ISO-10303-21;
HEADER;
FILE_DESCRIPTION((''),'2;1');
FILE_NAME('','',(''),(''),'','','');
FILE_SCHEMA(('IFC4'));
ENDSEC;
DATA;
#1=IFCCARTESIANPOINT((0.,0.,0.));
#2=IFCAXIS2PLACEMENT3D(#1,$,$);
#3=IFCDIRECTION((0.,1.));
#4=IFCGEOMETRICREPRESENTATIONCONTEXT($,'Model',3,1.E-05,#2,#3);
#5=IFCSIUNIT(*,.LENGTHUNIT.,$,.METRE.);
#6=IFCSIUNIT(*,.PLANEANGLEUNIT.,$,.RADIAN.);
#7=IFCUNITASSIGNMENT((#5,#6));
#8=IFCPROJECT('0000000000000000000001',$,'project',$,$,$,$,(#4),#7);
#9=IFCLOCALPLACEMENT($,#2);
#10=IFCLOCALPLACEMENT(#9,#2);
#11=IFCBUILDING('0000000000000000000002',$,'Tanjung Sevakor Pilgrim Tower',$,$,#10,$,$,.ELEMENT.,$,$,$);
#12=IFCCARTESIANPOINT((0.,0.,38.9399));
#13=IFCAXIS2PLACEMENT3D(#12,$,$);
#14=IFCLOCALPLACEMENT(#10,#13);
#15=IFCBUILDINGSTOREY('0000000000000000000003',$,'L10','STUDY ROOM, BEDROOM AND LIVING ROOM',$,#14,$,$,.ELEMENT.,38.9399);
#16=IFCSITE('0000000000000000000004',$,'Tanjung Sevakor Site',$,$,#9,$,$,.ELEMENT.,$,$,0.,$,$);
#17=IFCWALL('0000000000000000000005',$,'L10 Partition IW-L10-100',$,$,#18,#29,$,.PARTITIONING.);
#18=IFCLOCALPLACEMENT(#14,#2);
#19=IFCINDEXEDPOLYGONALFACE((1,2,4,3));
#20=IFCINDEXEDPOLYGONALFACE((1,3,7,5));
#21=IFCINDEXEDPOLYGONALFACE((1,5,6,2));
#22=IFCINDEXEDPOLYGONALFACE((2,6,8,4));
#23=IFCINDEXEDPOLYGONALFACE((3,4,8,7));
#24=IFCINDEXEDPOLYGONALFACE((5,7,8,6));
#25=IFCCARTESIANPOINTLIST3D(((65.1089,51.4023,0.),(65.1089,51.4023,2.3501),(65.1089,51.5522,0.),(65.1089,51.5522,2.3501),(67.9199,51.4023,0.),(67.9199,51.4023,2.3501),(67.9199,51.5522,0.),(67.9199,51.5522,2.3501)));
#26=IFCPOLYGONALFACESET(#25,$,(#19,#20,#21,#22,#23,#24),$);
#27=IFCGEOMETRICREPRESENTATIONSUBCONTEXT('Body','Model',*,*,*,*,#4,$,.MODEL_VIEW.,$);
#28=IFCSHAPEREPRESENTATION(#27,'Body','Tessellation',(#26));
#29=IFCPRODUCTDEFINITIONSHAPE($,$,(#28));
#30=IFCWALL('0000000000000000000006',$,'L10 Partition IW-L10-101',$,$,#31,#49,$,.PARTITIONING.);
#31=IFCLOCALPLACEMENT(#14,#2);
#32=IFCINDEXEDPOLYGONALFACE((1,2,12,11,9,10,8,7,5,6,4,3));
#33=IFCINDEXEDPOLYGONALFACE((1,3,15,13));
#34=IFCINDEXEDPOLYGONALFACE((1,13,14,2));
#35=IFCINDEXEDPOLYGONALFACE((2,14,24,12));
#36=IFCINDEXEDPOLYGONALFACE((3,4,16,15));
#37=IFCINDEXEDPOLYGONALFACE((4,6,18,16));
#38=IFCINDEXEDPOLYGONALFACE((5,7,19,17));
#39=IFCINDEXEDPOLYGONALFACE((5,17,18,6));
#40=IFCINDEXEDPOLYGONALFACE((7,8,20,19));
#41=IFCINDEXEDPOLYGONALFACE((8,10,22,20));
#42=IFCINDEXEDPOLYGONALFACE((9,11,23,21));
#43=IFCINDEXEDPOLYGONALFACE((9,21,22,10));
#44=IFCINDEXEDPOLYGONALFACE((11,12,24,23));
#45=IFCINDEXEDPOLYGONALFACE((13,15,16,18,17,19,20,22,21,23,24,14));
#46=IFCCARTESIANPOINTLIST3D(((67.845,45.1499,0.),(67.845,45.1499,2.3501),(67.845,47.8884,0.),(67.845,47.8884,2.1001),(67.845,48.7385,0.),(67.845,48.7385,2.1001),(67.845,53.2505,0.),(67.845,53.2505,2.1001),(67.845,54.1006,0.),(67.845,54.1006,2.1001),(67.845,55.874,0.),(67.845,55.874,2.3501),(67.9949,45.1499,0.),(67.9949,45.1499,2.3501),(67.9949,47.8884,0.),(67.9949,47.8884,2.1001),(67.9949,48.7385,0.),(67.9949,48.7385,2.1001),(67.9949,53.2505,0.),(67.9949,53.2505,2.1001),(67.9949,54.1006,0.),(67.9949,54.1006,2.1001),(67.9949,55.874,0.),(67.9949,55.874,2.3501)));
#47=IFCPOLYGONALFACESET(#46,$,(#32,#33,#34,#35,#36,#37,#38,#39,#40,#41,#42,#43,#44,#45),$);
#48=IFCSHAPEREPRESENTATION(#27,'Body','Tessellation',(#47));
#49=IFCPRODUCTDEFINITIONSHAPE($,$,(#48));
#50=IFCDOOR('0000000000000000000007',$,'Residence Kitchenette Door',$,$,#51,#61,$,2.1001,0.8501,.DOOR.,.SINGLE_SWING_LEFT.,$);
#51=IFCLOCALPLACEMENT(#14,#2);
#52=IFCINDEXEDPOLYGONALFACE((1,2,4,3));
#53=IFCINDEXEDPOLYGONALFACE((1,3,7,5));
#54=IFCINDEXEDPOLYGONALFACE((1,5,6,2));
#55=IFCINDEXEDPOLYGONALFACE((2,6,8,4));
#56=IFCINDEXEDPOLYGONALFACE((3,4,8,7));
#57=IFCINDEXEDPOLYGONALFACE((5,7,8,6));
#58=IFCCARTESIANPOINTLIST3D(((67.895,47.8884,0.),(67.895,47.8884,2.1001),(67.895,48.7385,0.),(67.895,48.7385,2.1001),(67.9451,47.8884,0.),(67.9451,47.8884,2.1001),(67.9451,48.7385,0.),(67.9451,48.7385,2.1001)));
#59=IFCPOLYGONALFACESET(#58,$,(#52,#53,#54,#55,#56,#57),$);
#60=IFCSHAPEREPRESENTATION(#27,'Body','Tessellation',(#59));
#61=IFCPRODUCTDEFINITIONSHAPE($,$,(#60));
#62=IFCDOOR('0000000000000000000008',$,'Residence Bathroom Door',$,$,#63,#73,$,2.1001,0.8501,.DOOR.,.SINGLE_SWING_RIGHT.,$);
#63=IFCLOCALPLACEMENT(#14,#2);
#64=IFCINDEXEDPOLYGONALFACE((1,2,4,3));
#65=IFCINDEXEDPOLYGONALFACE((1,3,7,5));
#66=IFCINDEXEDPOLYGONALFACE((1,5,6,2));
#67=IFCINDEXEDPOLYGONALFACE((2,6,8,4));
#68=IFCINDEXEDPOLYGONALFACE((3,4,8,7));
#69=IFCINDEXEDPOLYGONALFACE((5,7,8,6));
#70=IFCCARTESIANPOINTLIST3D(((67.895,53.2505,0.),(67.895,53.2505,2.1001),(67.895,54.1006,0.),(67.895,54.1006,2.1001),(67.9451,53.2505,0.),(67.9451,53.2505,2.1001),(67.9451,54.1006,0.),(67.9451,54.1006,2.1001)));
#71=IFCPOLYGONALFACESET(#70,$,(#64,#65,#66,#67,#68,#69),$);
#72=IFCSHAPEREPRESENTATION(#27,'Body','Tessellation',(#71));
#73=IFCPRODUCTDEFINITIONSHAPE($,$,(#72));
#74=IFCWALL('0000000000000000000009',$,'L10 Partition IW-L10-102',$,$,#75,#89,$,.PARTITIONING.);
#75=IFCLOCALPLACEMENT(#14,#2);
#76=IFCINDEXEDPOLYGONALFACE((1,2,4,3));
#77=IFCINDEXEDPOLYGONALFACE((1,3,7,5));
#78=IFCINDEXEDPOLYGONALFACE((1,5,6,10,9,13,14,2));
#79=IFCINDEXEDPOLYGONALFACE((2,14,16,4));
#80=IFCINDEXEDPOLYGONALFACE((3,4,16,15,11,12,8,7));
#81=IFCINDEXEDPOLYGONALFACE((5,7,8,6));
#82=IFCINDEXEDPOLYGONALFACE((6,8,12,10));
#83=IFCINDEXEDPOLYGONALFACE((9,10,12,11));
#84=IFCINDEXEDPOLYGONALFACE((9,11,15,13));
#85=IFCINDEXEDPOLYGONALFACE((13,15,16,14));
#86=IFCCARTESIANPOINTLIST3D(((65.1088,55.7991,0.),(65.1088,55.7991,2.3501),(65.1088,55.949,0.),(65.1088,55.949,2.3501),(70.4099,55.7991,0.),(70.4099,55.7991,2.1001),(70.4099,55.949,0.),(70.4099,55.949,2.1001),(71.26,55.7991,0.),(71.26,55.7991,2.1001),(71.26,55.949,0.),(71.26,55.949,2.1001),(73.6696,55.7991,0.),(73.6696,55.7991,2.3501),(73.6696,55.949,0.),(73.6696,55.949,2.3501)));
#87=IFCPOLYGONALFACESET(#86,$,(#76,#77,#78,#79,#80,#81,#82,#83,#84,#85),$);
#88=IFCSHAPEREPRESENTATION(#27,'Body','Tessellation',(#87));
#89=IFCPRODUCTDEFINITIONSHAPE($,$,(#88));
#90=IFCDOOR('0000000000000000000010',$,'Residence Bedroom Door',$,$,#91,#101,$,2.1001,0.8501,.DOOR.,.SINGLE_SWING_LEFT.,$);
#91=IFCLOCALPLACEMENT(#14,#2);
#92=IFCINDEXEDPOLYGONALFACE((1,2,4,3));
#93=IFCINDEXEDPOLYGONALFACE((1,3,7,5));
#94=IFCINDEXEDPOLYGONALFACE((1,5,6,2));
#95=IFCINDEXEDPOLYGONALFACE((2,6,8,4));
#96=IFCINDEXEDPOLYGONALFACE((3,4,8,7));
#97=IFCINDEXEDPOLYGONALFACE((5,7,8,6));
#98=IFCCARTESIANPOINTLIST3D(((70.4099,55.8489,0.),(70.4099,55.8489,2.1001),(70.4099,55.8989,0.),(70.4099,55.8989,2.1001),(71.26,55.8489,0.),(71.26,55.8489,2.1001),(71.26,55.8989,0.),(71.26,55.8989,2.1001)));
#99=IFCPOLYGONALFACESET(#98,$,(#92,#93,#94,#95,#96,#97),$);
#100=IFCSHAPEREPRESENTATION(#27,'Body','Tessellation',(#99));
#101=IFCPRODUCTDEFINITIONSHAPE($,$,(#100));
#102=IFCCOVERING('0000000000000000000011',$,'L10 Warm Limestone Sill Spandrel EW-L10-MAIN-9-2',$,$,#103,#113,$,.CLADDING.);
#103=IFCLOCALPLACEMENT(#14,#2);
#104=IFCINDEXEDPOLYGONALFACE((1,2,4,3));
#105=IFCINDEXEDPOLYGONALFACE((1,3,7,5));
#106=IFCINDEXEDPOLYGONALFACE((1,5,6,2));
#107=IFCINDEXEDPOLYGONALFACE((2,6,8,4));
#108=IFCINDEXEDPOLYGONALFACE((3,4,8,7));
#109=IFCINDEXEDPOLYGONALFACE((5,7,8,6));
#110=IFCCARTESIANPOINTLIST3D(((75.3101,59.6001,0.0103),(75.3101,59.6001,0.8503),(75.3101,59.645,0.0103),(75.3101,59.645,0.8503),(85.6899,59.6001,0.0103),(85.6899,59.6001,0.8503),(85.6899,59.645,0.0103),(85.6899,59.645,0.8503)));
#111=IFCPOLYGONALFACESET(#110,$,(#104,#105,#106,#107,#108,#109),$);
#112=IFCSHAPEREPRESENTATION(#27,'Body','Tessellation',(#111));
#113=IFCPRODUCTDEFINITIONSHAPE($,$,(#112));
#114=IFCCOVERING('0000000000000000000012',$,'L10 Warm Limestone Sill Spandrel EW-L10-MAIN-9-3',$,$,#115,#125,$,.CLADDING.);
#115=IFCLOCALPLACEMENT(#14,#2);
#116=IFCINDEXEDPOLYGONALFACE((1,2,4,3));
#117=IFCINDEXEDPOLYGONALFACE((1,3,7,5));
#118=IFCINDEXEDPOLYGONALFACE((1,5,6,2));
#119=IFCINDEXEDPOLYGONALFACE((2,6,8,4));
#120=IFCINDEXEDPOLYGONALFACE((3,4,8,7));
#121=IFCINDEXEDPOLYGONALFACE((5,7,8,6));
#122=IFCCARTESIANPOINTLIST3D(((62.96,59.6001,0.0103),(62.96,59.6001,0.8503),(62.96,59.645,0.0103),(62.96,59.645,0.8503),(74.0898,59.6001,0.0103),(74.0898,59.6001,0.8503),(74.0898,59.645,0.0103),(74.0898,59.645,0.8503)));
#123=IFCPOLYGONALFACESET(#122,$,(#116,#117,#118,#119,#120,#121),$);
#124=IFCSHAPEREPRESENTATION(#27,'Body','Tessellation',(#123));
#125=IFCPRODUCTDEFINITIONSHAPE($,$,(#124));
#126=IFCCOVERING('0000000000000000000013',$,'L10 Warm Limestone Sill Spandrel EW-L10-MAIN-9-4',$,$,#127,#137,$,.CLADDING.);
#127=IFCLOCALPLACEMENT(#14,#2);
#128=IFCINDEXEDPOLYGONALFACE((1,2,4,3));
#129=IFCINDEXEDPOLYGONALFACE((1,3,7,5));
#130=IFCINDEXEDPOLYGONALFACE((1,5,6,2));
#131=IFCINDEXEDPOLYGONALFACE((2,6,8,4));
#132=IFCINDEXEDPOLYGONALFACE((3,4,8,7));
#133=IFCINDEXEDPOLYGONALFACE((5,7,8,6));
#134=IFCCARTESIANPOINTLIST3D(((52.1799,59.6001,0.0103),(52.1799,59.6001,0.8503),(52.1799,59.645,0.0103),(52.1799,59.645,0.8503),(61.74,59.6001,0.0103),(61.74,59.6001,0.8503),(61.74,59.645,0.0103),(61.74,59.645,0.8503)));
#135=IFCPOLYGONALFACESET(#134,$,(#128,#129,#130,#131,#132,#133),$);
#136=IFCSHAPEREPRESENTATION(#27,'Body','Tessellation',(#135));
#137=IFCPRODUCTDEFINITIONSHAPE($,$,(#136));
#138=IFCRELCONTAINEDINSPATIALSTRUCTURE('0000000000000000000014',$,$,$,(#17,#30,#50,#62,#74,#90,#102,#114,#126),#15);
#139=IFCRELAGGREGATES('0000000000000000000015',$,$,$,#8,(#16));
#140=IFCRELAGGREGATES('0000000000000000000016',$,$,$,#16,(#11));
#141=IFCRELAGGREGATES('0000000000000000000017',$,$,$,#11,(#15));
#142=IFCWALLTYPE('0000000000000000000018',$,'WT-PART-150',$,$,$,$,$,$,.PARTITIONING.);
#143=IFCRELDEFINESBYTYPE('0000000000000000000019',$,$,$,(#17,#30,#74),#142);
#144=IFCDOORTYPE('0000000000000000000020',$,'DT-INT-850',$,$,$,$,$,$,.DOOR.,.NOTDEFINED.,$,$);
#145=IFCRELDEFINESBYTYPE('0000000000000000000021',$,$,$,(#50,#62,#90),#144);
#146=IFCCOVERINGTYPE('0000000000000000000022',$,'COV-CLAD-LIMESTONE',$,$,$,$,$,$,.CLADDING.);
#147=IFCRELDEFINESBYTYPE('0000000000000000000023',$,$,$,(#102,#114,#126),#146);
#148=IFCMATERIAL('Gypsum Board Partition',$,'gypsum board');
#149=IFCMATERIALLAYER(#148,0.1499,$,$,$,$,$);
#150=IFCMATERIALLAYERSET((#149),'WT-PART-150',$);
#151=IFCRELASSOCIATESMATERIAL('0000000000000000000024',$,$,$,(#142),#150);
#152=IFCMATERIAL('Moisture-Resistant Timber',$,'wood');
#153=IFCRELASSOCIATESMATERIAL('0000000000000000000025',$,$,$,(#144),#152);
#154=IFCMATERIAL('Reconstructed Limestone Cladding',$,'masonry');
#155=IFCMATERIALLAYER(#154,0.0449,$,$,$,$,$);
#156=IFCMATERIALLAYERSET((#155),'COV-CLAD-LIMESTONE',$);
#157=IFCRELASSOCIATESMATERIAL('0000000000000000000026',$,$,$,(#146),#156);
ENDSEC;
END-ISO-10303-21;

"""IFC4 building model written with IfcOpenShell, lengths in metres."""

from ifc_helpers import new_model, si_unit, direction, frame, frame_2d, origin, origin_2d, place, context, subcontext, project, spatial, rectangle, extrude, material, layer, layer_set, type_object, element, fill, save


model = new_model("IFC4")

# Units and contexts
model_context = context("Model", 3, precision=1e-05, world=origin(), true_north=direction((0.0, 1.0)))
body_context = subcontext(model_context, "Body", "Model", "MODEL_VIEW")
ifc_project = project(units=[si_unit("LENGTHUNIT", "METRE"), si_unit("PLANEANGLEUNIT", "RADIAN")], contexts=[model_context])

# Site, building, storey
site_placement = place(None, origin())
site = spatial("IfcSite", under=ifc_project, at=site_placement, Name="Tanjung Sevakor Site", CompositionType="ELEMENT", RefElevation=0.0)
building_placement = place(site_placement, origin())
building = spatial("IfcBuilding", under=site, at=building_placement, Name="Tanjung Sevakor Pilgrim Tower", CompositionType="ELEMENT")
storey_placement = place(building_placement, frame((0.0, 0.0, 38.9399)))
storey = spatial("IfcBuildingStorey", under=building, at=storey_placement, Name="L10", Description="STUDY ROOM, BEDROOM AND LIVING ROOM", CompositionType="ELEMENT", Elevation=38.9399)

# Wall
ifc_material_1 = material(Name="Gypsum Board Partition", Category="gypsum board")
ifc_layer_1 = layer(ifc_material_1, 0.1499)
ifc_layer_set_1 = layer_set([ifc_layer_1], Name="WT-PART-150")
wall_type_1 = type_object("IfcWallType", Name="WT-PART-150", PredefinedType="PARTITIONING", material=ifc_layer_set_1)
wall_1_placement = place(storey_placement, frame((65.1089, 51.4773, 0.0), z_axis=(0.0, 0.0, 1.0), x_axis=(1.0, 0.0, 0.0)))
element("IfcWall", 1, at=wall_1_placement, inside=storey, type_object=wall_type_1, Name="L10 Partition IW-L10-100", PredefinedType="PARTITIONING", context=body_context, shape_type="SweptSolid", body=[
    extrude(rectangle(XDim=2.811, YDim=0.1499, at=frame_2d((1.4055, 0.0))), origin(), (0.0, 0.0, 1.0), 2.3501),
])

# Wall, openings, doors
wall_2_placement = place(storey_placement, frame((67.9199, 45.1499, 0.0), z_axis=(0.0, 0.0, 1.0), x_axis=(0.0, 1.0, 0.0)))
wall_2 = element("IfcWall", 2, at=wall_2_placement, inside=storey, type_object=wall_type_1, Name="L10 Partition IW-L10-101", PredefinedType="PARTITIONING", context=body_context, shape_type="SweptSolid", body=[
    extrude(rectangle(XDim=10.7241, YDim=0.1499, at=frame_2d((5.3621, 0.0))), origin(), (0.0, 0.0, 1.0), 2.3501),
])
opening_1_placement = place(wall_2_placement, frame((2.7385, 0.0, 0.0)))
opening_1 = element("IfcOpeningElement", 3, at=opening_1_placement, cuts=wall_2, PredefinedType="OPENING", context=body_context, shape_type="SweptSolid", body=[
    extrude(rectangle(XDim=0.8501, YDim=2.1001, at=frame_2d((0.425, 1.05))), frame((0.0, 0.085, 0.0), z_axis=(0.0, -1.0, 0.0), x_axis=(1.0, 0.0, 0.0)), (0.0, 0.0, 1.0), 0.1699),
])
opening_2_placement = place(wall_2_placement, frame((8.1006, 0.0, 0.0)))
opening_2 = element("IfcOpeningElement", 4, at=opening_2_placement, cuts=wall_2, PredefinedType="OPENING", context=body_context, shape_type="SweptSolid", body=[
    extrude(rectangle(XDim=0.8501, YDim=2.1001, at=frame_2d((0.425, 1.05))), frame((0.0, 0.085, 0.0), z_axis=(0.0, -1.0, 0.0), x_axis=(1.0, 0.0, 0.0)), (0.0, 0.0, 1.0), 0.1699),
])
ifc_material_2 = material(Name="Moisture-Resistant Timber", Category="wood")
door_type_1 = type_object("IfcDoorType", Name="DT-INT-850", OperationType="NOTDEFINED", PredefinedType="DOOR", material=ifc_material_2)
door_1_placement = place(opening_1_placement, origin())
door_1 = element("IfcDoor", 5, at=door_1_placement, inside=storey, type_object=door_type_1, Name="Residence Kitchenette Door", OperationType="SINGLE_SWING_LEFT", OverallHeight=2.1001, OverallWidth=0.8501, PredefinedType="DOOR", context=body_context, shape_type="SweptSolid", body=[
    extrude(rectangle(XDim=0.8501, YDim=2.1001, at=frame_2d((0.425, 1.05))), frame((0.0, 0.0249, 0.0), z_axis=(0.0, -1.0, 0.0), x_axis=(1.0, 0.0, 0.0)), (0.0, 0.0, 1.0), 0.05),
])
fill(opening_1, door_1)
door_2_placement = place(opening_2_placement, origin())
door_2 = element("IfcDoor", 6, at=door_2_placement, inside=storey, type_object=door_type_1, Name="Residence Bathroom Door", OperationType="SINGLE_SWING_RIGHT", OverallHeight=2.1001, OverallWidth=0.8501, PredefinedType="DOOR", context=body_context, shape_type="SweptSolid", body=[
    extrude(rectangle(XDim=0.8501, YDim=2.1001, at=frame_2d((0.425, 1.05))), frame((0.0, 0.0249, 0.0), z_axis=(0.0, -1.0, 0.0), x_axis=(1.0, 0.0, 0.0)), (0.0, 0.0, 1.0), 0.05),
])
fill(opening_2, door_2)

# Wall, opening, door
wall_3_placement = place(storey_placement, frame((65.1089, 55.874, 0.0), z_axis=(0.0, 0.0, 1.0), x_axis=(1.0, 0.0, 0.0)))
wall_3 = element("IfcWall", 7, at=wall_3_placement, inside=storey, type_object=wall_type_1, Name="L10 Partition IW-L10-102", PredefinedType="PARTITIONING", context=body_context, shape_type="SweptSolid", body=[
    extrude(rectangle(XDim=8.5608, YDim=0.1499, at=frame_2d((4.2803, 0.0))), origin(), (0.0, 0.0, 1.0), 2.3501),
])
opening_3_placement = place(wall_3_placement, frame((5.301, 0.0, 0.0)))
opening_3 = element("IfcOpeningElement", 8, at=opening_3_placement, cuts=wall_3, PredefinedType="OPENING", context=body_context, shape_type="SweptSolid", body=[
    extrude(rectangle(XDim=0.8501, YDim=2.1001, at=frame_2d((0.425, 1.05))), frame((0.0, 0.085, 0.0), z_axis=(0.0, -1.0, 0.0), x_axis=(1.0, 0.0, 0.0)), (0.0, 0.0, 1.0), 0.1699),
])
door_3_placement = place(opening_3_placement, origin())
door_3 = element("IfcDoor", 9, at=door_3_placement, inside=storey, type_object=door_type_1, Name="Residence Bedroom Door", OperationType="SINGLE_SWING_LEFT", OverallHeight=2.1001, OverallWidth=0.8501, PredefinedType="DOOR", context=body_context, shape_type="SweptSolid", body=[
    extrude(rectangle(XDim=0.8501, YDim=2.1001, at=frame_2d((0.425, 1.05))), frame((0.0, 0.0249, 0.0), z_axis=(0.0, -1.0, 0.0), x_axis=(1.0, 0.0, 0.0)), (0.0, 0.0, 1.0), 0.05),
])
fill(opening_3, door_3)

# Coverings
ifc_material_3 = material(Name="Reconstructed Limestone Cladding", Category="masonry")
ifc_layer_2 = layer(ifc_material_3, 0.0449)
ifc_layer_set_2 = layer_set([ifc_layer_2], Name="COV-CLAD-LIMESTONE")
covering_type = type_object("IfcCoveringType", Name="COV-CLAD-LIMESTONE", PredefinedType="CLADDING", material=ifc_layer_set_2)
covering_1_placement = place(storey_placement, frame((80.5, 59.6226, 0.0103), z_axis=(0.0, 0.0, 1.0), x_axis=(-1.0, 0.0, 0.0)))
element("IfcCovering", 10, at=covering_1_placement, inside=storey, type_object=covering_type, Name="L10 Warm Limestone Sill Spandrel EW-L10-MAIN-9-2", PredefinedType="CLADDING", context=body_context, shape_type="SweptSolid", body=[
    extrude(rectangle(XDim=10.3799, YDim=0.0449, at=origin_2d()), origin(), (0.0, 0.0, 1.0), 0.8401),
])
covering_2_placement = place(storey_placement, frame((68.5249, 59.6226, 0.0103), z_axis=(0.0, 0.0, 1.0), x_axis=(-1.0, 0.0, 0.0)))
element("IfcCovering", 11, at=covering_2_placement, inside=storey, type_object=covering_type, Name="L10 Warm Limestone Sill Spandrel EW-L10-MAIN-9-3", PredefinedType="CLADDING", context=body_context, shape_type="SweptSolid", body=[
    extrude(rectangle(XDim=11.1299, YDim=0.0449, at=origin_2d()), origin(), (0.0, 0.0, 1.0), 0.8401),
])
covering_3_placement = place(storey_placement, frame((56.96, 59.6226, 0.0103), z_axis=(0.0, 0.0, 1.0), x_axis=(-1.0, 0.0, 0.0)))
element("IfcCovering", 12, at=covering_3_placement, inside=storey, type_object=covering_type, Name="L10 Warm Limestone Sill Spandrel EW-L10-MAIN-9-4", PredefinedType="CLADDING", context=body_context, shape_type="SweptSolid", body=[
    extrude(rectangle(XDim=9.5601, YDim=0.0449, at=origin_2d()), origin(), (0.0, 0.0, 1.0), 0.8401),
])

save(model, "model.ifc")
